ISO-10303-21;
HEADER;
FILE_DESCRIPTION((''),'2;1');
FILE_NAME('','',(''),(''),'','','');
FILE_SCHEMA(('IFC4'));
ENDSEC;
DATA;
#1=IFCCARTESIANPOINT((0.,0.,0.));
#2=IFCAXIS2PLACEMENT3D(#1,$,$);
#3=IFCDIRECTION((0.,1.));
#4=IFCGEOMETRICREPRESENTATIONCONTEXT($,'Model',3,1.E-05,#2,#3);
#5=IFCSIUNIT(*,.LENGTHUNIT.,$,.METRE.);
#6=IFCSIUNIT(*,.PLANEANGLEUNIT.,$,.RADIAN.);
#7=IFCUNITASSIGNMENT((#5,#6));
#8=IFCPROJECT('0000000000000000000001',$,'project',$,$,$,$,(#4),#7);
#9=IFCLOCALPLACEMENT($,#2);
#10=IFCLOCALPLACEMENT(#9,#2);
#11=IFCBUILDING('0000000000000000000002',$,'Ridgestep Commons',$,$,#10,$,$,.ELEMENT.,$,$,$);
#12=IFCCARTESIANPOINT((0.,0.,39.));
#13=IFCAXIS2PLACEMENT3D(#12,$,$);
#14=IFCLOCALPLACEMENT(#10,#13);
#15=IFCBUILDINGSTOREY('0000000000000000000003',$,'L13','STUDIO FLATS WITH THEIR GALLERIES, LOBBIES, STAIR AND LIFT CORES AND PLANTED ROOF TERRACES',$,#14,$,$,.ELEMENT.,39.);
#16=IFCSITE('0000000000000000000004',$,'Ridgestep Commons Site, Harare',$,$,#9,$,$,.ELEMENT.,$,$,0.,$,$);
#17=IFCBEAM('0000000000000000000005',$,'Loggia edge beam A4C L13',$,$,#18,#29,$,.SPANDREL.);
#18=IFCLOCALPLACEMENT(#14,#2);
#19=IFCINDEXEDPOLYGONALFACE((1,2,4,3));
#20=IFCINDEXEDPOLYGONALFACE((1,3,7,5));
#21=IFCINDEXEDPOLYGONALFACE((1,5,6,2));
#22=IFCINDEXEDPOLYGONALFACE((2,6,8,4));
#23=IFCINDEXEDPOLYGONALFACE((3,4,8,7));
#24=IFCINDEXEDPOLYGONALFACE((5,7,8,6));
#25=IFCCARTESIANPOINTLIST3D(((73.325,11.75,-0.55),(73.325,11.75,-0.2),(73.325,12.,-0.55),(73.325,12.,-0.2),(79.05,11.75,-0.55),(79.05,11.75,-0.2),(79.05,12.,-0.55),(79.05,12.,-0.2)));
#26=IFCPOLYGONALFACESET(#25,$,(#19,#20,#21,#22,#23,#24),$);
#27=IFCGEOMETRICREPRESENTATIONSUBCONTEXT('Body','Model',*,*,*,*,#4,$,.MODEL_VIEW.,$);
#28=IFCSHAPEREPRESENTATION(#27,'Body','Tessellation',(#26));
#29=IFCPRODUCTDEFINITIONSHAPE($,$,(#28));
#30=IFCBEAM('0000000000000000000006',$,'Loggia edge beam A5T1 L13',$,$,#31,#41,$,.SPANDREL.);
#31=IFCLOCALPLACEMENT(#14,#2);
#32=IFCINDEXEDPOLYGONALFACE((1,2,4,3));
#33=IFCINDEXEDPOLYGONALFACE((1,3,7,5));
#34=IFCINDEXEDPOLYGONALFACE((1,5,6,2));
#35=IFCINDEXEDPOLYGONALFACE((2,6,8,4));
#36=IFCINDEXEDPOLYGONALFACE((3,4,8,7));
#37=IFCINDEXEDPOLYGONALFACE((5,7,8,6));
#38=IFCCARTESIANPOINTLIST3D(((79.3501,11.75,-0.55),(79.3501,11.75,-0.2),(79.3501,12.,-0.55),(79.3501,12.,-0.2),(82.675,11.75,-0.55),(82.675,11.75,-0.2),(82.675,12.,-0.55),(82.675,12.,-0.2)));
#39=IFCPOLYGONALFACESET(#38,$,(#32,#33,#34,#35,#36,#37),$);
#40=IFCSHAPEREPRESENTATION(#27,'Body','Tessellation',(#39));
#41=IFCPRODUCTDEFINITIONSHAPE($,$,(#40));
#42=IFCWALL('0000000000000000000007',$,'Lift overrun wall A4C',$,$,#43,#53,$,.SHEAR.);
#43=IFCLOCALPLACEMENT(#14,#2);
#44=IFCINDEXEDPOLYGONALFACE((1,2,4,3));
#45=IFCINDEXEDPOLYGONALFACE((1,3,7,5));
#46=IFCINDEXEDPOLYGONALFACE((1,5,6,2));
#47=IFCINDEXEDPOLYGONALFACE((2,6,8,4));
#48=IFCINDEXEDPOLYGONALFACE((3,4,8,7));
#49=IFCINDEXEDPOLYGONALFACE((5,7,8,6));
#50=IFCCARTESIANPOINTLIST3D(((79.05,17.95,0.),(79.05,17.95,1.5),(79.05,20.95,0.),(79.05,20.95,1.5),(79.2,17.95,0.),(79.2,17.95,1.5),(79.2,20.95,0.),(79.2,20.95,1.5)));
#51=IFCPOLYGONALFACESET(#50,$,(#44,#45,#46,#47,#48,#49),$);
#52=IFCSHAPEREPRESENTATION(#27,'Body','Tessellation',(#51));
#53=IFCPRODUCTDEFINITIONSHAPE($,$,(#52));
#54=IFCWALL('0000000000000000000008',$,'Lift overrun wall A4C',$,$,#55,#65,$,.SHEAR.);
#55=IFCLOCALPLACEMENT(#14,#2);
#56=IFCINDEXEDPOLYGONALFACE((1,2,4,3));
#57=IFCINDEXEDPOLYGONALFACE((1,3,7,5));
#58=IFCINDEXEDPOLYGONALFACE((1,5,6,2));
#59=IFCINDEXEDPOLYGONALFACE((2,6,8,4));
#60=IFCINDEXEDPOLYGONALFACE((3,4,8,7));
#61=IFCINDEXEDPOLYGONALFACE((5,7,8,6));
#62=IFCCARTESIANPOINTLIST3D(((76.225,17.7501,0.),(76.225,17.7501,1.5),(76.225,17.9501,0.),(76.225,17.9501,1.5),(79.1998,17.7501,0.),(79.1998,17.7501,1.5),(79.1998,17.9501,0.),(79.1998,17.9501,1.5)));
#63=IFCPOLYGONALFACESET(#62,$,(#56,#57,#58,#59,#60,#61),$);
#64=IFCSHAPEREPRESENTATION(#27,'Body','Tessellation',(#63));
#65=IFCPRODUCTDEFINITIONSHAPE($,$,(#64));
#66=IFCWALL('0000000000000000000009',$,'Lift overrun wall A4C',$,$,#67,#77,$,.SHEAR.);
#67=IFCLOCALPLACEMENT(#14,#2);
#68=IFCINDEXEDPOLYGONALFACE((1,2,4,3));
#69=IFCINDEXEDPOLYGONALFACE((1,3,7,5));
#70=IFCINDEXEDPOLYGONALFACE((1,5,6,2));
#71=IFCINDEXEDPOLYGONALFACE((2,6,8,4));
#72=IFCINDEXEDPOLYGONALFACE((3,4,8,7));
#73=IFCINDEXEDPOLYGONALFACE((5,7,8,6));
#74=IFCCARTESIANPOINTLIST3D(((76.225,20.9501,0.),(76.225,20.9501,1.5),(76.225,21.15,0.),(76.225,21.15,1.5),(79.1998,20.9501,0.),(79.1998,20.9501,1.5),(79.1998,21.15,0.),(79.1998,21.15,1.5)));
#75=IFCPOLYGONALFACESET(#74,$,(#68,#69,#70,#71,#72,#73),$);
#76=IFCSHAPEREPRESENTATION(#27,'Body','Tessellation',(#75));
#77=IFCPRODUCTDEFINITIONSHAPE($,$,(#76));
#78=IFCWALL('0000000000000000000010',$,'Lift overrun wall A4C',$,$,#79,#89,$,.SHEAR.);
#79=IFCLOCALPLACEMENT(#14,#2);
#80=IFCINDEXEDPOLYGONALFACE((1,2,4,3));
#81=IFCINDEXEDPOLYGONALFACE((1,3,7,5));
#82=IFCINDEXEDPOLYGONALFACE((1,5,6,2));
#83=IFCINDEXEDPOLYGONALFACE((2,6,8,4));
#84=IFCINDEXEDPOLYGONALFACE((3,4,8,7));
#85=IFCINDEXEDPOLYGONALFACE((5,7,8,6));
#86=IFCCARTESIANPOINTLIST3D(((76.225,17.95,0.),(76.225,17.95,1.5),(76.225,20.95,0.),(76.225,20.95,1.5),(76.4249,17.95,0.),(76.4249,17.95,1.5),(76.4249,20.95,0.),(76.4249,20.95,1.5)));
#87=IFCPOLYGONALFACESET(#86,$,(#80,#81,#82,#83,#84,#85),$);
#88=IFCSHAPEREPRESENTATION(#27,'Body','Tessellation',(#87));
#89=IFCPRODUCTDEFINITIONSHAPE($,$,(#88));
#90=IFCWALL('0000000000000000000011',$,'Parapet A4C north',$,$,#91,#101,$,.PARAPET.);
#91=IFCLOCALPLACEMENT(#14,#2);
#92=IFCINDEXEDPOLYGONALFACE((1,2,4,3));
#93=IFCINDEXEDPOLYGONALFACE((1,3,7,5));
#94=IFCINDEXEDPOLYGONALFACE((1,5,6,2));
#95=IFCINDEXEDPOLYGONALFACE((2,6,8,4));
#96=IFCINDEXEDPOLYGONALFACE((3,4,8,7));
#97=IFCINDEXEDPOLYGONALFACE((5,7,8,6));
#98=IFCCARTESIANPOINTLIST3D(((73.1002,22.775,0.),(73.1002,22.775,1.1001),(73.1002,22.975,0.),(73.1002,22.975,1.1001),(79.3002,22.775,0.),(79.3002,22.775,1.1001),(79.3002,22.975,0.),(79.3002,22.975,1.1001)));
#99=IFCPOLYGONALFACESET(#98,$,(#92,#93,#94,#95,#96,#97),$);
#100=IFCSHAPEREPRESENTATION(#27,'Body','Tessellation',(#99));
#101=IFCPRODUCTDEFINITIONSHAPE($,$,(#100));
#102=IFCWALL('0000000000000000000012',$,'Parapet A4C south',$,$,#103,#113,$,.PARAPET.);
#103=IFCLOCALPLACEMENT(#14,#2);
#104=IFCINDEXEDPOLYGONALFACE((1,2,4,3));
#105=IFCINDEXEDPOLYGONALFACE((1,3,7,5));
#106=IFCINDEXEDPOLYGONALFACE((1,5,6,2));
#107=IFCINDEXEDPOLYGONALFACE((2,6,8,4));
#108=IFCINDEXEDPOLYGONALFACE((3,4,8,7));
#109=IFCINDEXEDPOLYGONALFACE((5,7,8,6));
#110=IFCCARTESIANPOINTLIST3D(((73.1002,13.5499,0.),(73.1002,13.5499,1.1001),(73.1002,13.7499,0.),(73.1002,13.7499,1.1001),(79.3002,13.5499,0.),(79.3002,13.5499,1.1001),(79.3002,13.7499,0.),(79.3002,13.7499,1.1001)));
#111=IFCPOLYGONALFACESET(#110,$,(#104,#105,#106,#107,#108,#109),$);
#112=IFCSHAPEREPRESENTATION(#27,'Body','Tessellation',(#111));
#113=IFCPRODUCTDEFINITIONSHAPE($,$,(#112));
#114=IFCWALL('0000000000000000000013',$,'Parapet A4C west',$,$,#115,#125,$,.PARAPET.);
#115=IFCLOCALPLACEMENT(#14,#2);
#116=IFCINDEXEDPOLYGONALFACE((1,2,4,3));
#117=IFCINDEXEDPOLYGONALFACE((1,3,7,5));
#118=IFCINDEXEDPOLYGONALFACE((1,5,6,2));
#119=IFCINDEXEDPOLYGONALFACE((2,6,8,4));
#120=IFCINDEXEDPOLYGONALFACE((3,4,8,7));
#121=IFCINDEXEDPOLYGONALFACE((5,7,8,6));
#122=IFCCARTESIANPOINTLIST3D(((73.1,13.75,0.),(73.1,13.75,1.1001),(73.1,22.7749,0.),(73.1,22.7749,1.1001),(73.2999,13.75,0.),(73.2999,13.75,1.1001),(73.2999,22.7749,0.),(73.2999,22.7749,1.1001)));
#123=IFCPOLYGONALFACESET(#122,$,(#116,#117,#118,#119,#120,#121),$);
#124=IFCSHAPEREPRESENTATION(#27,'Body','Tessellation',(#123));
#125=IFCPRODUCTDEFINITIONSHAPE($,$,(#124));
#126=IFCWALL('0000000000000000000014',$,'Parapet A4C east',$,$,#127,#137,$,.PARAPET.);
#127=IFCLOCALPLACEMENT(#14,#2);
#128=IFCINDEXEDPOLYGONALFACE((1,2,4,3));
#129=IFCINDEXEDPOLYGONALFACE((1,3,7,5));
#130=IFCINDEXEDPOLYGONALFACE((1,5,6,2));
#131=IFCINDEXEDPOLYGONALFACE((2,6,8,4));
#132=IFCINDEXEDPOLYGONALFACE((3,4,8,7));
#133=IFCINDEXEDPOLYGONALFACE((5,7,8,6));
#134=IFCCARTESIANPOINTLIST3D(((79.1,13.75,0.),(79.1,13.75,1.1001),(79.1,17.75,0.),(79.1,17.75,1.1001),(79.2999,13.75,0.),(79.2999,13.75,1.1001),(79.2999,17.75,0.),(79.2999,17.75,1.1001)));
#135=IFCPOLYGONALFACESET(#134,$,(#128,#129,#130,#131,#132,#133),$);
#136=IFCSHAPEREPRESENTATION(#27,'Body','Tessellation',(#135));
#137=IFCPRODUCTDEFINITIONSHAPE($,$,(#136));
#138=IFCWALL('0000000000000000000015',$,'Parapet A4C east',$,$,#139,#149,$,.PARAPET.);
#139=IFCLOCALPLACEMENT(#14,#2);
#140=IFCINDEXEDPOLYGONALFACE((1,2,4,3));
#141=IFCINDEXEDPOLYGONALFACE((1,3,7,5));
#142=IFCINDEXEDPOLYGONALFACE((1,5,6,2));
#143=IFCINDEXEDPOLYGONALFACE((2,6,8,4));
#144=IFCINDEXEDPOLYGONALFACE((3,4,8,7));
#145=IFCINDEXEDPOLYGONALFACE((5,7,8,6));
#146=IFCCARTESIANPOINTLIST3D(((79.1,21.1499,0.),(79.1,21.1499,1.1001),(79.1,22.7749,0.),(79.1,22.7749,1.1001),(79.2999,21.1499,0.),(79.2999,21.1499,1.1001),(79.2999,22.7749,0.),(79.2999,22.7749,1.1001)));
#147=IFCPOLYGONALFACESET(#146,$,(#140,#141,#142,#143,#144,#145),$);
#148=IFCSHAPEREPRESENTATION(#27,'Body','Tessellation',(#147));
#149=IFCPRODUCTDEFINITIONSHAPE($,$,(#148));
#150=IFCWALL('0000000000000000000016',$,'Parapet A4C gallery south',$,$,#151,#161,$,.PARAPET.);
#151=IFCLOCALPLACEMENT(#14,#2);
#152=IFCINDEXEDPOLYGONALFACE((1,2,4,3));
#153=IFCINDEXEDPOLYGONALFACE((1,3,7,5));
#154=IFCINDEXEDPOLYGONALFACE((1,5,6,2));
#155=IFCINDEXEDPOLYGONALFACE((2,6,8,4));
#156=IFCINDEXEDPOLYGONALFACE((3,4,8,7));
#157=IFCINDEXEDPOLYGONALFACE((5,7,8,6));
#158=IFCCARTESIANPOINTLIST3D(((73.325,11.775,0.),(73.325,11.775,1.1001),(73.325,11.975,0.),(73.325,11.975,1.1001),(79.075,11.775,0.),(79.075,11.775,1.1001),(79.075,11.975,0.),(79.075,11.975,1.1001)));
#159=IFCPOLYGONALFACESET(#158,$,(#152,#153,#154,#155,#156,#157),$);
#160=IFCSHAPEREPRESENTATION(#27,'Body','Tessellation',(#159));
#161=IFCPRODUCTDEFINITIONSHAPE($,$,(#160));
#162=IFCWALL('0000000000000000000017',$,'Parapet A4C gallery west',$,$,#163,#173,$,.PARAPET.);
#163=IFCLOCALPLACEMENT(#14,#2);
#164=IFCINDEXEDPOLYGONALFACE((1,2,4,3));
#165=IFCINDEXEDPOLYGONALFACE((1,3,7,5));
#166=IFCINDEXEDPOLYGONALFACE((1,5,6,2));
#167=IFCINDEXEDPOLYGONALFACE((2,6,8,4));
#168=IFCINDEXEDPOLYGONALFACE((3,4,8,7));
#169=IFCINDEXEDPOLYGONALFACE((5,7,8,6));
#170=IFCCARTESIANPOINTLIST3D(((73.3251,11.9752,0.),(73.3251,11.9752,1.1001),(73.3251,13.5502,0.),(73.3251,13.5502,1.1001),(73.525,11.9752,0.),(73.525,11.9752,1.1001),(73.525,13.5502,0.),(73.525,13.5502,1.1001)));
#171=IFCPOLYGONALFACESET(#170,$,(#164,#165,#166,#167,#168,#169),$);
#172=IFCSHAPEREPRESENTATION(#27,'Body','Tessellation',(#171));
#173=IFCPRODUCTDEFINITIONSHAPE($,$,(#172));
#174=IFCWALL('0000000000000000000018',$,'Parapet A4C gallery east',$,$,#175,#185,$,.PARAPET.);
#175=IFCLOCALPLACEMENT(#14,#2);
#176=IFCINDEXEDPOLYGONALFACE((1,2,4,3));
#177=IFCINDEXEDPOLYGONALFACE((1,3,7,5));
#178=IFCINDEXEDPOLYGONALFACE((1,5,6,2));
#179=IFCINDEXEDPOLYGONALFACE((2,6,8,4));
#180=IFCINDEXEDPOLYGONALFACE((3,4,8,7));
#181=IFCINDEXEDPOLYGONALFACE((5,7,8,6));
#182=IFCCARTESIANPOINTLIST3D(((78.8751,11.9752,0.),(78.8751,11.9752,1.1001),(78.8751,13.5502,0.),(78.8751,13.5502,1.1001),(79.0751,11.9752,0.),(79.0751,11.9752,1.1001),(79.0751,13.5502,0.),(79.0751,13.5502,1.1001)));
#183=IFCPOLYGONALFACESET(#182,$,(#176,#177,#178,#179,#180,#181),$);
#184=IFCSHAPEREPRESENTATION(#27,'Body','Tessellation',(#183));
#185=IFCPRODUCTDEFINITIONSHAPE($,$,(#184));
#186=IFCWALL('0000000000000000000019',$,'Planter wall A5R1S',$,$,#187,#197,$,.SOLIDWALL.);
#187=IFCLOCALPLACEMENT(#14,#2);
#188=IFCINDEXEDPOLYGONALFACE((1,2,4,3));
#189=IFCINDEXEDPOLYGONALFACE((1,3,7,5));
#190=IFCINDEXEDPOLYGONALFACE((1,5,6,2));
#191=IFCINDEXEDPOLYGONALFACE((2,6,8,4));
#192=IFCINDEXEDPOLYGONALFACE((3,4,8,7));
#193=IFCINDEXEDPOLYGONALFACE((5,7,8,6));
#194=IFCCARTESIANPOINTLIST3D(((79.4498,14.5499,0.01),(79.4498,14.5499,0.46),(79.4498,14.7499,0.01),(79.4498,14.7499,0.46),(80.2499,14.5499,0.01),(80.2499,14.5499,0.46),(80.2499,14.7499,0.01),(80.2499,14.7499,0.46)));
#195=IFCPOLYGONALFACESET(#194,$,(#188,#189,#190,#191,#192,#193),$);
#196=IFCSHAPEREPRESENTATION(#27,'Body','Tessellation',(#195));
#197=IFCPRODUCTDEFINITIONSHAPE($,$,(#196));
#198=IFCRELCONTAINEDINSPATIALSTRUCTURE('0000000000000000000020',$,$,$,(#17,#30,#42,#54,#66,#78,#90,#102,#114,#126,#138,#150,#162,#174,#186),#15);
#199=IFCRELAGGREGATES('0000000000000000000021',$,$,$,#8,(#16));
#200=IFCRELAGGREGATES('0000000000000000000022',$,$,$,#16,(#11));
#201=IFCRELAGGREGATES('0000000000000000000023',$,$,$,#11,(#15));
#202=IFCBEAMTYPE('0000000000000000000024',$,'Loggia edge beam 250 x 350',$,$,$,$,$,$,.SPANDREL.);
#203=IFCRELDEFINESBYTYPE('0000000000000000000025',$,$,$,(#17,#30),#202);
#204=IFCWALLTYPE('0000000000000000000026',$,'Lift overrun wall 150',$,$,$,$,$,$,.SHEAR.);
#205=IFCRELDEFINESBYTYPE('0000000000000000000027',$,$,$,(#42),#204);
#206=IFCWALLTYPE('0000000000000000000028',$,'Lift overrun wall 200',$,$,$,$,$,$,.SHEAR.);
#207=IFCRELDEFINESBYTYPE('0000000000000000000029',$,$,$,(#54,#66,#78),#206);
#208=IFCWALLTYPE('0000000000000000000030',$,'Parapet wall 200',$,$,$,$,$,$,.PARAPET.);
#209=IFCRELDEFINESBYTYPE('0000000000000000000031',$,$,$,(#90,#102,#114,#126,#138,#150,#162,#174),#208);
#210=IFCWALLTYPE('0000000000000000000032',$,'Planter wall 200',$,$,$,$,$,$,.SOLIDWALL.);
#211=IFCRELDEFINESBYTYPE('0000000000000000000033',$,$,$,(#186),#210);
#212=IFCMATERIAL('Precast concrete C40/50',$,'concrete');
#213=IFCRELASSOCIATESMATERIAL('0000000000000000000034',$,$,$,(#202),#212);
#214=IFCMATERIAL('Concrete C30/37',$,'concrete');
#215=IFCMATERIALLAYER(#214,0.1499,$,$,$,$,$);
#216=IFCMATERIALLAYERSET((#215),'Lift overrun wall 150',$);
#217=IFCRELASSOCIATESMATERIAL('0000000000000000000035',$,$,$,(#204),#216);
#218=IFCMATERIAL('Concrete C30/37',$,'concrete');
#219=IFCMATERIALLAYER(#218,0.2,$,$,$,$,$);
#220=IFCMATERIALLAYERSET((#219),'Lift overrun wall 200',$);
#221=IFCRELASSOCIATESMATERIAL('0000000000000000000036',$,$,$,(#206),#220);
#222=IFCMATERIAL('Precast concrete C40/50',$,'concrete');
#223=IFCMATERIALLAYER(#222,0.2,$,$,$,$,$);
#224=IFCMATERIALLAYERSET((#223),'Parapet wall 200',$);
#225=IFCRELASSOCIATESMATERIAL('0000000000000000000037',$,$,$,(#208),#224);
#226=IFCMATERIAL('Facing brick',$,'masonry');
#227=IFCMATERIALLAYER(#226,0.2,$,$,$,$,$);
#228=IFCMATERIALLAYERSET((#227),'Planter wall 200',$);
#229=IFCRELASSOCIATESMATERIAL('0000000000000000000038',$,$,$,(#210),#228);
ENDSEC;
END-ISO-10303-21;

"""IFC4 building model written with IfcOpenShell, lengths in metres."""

from ifc_helpers import new_model, si_unit, direction, frame, frame_2d, origin, origin_2d, place, context, subcontext, project, spatial, rectangle, extrude, material, layer, layer_set, material_profile, profile_set, type_object, element, save


model = new_model("IFC4")

# Units and contexts
model_context = context("Model", 3, precision=1e-05, world=origin(), true_north=direction((0.0, 1.0)))
body_context = subcontext(model_context, "Body", "Model", "MODEL_VIEW")
ifc_project = project(units=[si_unit("LENGTHUNIT", "METRE"), si_unit("PLANEANGLEUNIT", "RADIAN")], contexts=[model_context])

# Site, building, storey
site_placement = place(None, origin())
site = spatial("IfcSite", under=ifc_project, at=site_placement, Name="Ridgestep Commons Site, Harare", CompositionType="ELEMENT", RefElevation=0.0)
building_placement = place(site_placement, origin())
building = spatial("IfcBuilding", under=site, at=building_placement, Name="Ridgestep Commons", CompositionType="ELEMENT")
storey_placement = place(building_placement, frame((0.0, 0.0, 39.0)))
storey = spatial("IfcBuildingStorey", under=building, at=storey_placement, Name="L13", Description="STUDIO FLATS WITH THEIR GALLERIES, LOBBIES, STAIR AND LIFT CORES AND PLANTED ROOF TERRACES", CompositionType="ELEMENT", Elevation=39.0)

# Beams
ifc_material_1 = material(Name="Precast concrete C40/50", Category="concrete")
ifc_material_profile = material_profile(ifc_material_1, rectangle(XDim=0.25, YDim=0.3501, at=origin_2d()), Name="PC 250x350")
ifc_profile_set = profile_set([ifc_material_profile], Name="Precast concrete C40/50")
beam_type = type_object("IfcBeamType", Name="Loggia edge beam 250 x 350", PredefinedType="SPANDREL", material=ifc_profile_set)
beam_1_placement = place(storey_placement, frame((73.325, 11.875, -0.375), z_axis=(1.0, 0.0, 0.0), x_axis=(0.0, 1.0, 0.0)))
element("IfcBeam", 1, at=beam_1_placement, inside=storey, type_object=beam_type, Name="Loggia edge beam A4C L13", PredefinedType="SPANDREL", context=body_context, shape_type="SweptSolid", body=[
    extrude(rectangle(XDim=0.25, YDim=0.3501, at=origin_2d()), origin(), (0.0, 0.0, 1.0), 5.7251),
])
beam_2_placement = place(storey_placement, frame((79.3501, 11.875, -0.375), z_axis=(1.0, 0.0, 0.0), x_axis=(0.0, 1.0, 0.0)))
element("IfcBeam", 2, at=beam_2_placement, inside=storey, type_object=beam_type, Name="Loggia edge beam A5T1 L13", PredefinedType="SPANDREL", context=body_context, shape_type="SweptSolid", body=[
    extrude(rectangle(XDim=0.25, YDim=0.3501, at=origin_2d()), origin(), (0.0, 0.0, 1.0), 3.325),
])

# Walls
ifc_material_2 = material(Name="Concrete C30/37", Category="concrete")
ifc_layer_1 = layer(ifc_material_2, 0.1499)
ifc_layer_set_1 = layer_set([ifc_layer_1], Name="Lift overrun wall 150")
wall_type_1 = type_object("IfcWallType", Name="Lift overrun wall 150", PredefinedType="SHEAR", material=ifc_layer_set_1)
wall_1_placement = place(storey_placement, frame((79.125, 17.95, 0.0), z_axis=(0.0, 0.0, 1.0), x_axis=(0.0, 1.0, 0.0)))
element("IfcWall", 3, at=wall_1_placement, inside=storey, type_object=wall_type_1, Name="Lift overrun wall A4C", PredefinedType="SHEAR", context=body_context, shape_type="SweptSolid", body=[
    extrude(rectangle(XDim=3.0, YDim=0.1499, at=frame_2d((1.5, 0.0))), origin(), (0.0, 0.0, 1.0), 1.5),
])
ifc_material_3 = material(Name="Concrete C30/37", Category="concrete")
ifc_layer_2 = layer(ifc_material_3, 0.2)
ifc_layer_set_2 = layer_set([ifc_layer_2], Name="Lift overrun wall 200")
wall_type_2 = type_object("IfcWallType", Name="Lift overrun wall 200", PredefinedType="SHEAR", material=ifc_layer_set_2)
for number, where, z_axis, x_axis, name in (
    (4, (76.2251, 17.8501, 0.0), (0.0, 0.0, 1.0), (1.0, 0.0, 0.0), "Lift overrun wall A4C"),
    (5, (76.2251, 21.05, 0.0), (0.0, 0.0, 1.0), (1.0, 0.0, 0.0), "Lift overrun wall A4C"),
):
    element("IfcWall", number, at=place(storey_placement, frame(where, z_axis=z_axis, x_axis=x_axis)), inside=storey, type_object=wall_type_2, Name=name, PredefinedType="SHEAR", context=body_context, shape_type="SweptSolid", body=[
        extrude(rectangle(XDim=2.9749, YDim=0.2, at=frame_2d((1.4873, 0.0))), origin(), (0.0, 0.0, 1.0), 1.5),
    ])
wall_2_placement = place(storey_placement, frame((76.325, 17.95, 0.0), z_axis=(0.0, 0.0, 1.0), x_axis=(0.0, 1.0, 0.0)))
element("IfcWall", 6, at=wall_2_placement, inside=storey, type_object=wall_type_2, Name="Lift overrun wall A4C", PredefinedType="SHEAR", context=body_context, shape_type="SweptSolid", body=[
    extrude(rectangle(XDim=3.0, YDim=0.2, at=frame_2d((1.5, 0.0))), origin(), (0.0, 0.0, 1.0), 1.5),
])
ifc_material_4 = material(Name="Precast concrete C40/50", Category="concrete")
ifc_layer_3 = layer(ifc_material_4, 0.2)
ifc_layer_set_3 = layer_set([ifc_layer_3], Name="Parapet wall 200")
wall_type_3 = type_object("IfcWallType", Name="Parapet wall 200", PredefinedType="PARAPET", material=ifc_layer_set_3)
for number, where, z_axis, x_axis, name in (
    (7, (73.1001, 22.875, 0.0), (0.0, 0.0, 1.0), (1.0, 0.0, 0.0), "Parapet A4C north"),
    (8, (73.1001, 13.6499, 0.0), (0.0, 0.0, 1.0), (1.0, 0.0, 0.0), "Parapet A4C south"),
):
    element("IfcWall", number, at=place(storey_placement, frame(where, z_axis=z_axis, x_axis=x_axis)), inside=storey, type_object=wall_type_3, Name=name, PredefinedType="PARAPET", context=body_context, shape_type="SweptSolid", body=[
        extrude(rectangle(XDim=6.2, YDim=0.2, at=frame_2d((3.1001, 0.0))), origin(), (0.0, 0.0, 1.0), 1.1001),
    ])
wall_3_placement = place(storey_placement, frame((73.2, 13.75, 0.0), z_axis=(0.0, 0.0, 1.0), x_axis=(0.0, 1.0, 0.0)))
element("IfcWall", 9, at=wall_3_placement, inside=storey, type_object=wall_type_3, Name="Parapet A4C west", PredefinedType="PARAPET", context=body_context, shape_type="SweptSolid", body=[
    extrude(rectangle(XDim=9.0249, YDim=0.2, at=frame_2d((4.5125, 0.0))), origin(), (0.0, 0.0, 1.0), 1.1001),
])
wall_4_placement = place(storey_placement, frame((79.2, 13.75, 0.0), z_axis=(0.0, 0.0, 1.0), x_axis=(0.0, 1.0, 0.0)))
element("IfcWall", 10, at=wall_4_placement, inside=storey, type_object=wall_type_3, Name="Parapet A4C east", PredefinedType="PARAPET", context=body_context, shape_type="SweptSolid", body=[
    extrude(rectangle(XDim=4.0, YDim=0.2, at=frame_2d((2.0, 0.0))), origin(), (0.0, 0.0, 1.0), 1.1001),
])
wall_5_placement = place(storey_placement, frame((79.2, 21.1499, 0.0), z_axis=(0.0, 0.0, 1.0), x_axis=(0.0, 1.0, 0.0)))
element("IfcWall", 11, at=wall_5_placement, inside=storey, type_object=wall_type_3, Name="Parapet A4C east", PredefinedType="PARAPET", context=body_context, shape_type="SweptSolid", body=[
    extrude(rectangle(XDim=1.625, YDim=0.2, at=frame_2d((0.8125, 0.0))), origin(), (0.0, 0.0, 1.0), 1.1001),
])
wall_6_placement = place(storey_placement, frame((73.325, 11.875, 0.0), z_axis=(0.0, 0.0, 1.0), x_axis=(1.0, 0.0, 0.0)))
element("IfcWall", 12, at=wall_6_placement, inside=storey, type_object=wall_type_3, Name="Parapet A4C gallery south", PredefinedType="PARAPET", context=body_context, shape_type="SweptSolid", body=[
    extrude(rectangle(XDim=5.75, YDim=0.2, at=frame_2d((2.875, 0.0))), origin(), (0.0, 0.0, 1.0), 1.1001),
])
for number, where, z_axis, x_axis, name in (
    (13, (73.425, 11.9751, 0.0), (0.0, 0.0, 1.0), (0.0, 1.0, 0.0), "Parapet A4C gallery west"),
    (14, (78.9751, 11.9751, 0.0), (0.0, 0.0, 1.0), (0.0, 1.0, 0.0), "Parapet A4C gallery east"),
):
    element("IfcWall", number, at=place(storey_placement, frame(where, z_axis=z_axis, x_axis=x_axis)), inside=storey, type_object=wall_type_3, Name=name, PredefinedType="PARAPET", context=body_context, shape_type="SweptSolid", body=[
        extrude(rectangle(XDim=1.575, YDim=0.2, at=frame_2d((0.7876, 0.0))), origin(), (0.0, 0.0, 1.0), 1.1001),
    ])
ifc_material_5 = material(Name="Facing brick", Category="masonry")
ifc_layer_4 = layer(ifc_material_5, 0.2)
ifc_layer_set_4 = layer_set([ifc_layer_4], Name="Planter wall 200")
wall_type_4 = type_object("IfcWallType", Name="Planter wall 200", PredefinedType="SOLIDWALL", material=ifc_layer_set_4)
for number, where, z_axis, x_axis, name in (
    (15, (79.45, 14.6499, 0.01), (0.0, 0.0, 1.0), (1.0, 0.0, 0.0), "Planter wall A5R1S"),
):
    element("IfcWall", number, at=place(storey_placement, frame(where, z_axis=z_axis, x_axis=x_axis)), inside=storey, type_object=wall_type_4, Name=name, PredefinedType="SOLIDWALL", context=body_context, shape_type="SweptSolid", body=[
        extrude(rectangle(XDim=0.8, YDim=0.2, at=frame_2d((0.3999, 0.0))), origin(), (0.0, 0.0, 1.0), 0.45),
    ])

save(model, "model.ifc")
